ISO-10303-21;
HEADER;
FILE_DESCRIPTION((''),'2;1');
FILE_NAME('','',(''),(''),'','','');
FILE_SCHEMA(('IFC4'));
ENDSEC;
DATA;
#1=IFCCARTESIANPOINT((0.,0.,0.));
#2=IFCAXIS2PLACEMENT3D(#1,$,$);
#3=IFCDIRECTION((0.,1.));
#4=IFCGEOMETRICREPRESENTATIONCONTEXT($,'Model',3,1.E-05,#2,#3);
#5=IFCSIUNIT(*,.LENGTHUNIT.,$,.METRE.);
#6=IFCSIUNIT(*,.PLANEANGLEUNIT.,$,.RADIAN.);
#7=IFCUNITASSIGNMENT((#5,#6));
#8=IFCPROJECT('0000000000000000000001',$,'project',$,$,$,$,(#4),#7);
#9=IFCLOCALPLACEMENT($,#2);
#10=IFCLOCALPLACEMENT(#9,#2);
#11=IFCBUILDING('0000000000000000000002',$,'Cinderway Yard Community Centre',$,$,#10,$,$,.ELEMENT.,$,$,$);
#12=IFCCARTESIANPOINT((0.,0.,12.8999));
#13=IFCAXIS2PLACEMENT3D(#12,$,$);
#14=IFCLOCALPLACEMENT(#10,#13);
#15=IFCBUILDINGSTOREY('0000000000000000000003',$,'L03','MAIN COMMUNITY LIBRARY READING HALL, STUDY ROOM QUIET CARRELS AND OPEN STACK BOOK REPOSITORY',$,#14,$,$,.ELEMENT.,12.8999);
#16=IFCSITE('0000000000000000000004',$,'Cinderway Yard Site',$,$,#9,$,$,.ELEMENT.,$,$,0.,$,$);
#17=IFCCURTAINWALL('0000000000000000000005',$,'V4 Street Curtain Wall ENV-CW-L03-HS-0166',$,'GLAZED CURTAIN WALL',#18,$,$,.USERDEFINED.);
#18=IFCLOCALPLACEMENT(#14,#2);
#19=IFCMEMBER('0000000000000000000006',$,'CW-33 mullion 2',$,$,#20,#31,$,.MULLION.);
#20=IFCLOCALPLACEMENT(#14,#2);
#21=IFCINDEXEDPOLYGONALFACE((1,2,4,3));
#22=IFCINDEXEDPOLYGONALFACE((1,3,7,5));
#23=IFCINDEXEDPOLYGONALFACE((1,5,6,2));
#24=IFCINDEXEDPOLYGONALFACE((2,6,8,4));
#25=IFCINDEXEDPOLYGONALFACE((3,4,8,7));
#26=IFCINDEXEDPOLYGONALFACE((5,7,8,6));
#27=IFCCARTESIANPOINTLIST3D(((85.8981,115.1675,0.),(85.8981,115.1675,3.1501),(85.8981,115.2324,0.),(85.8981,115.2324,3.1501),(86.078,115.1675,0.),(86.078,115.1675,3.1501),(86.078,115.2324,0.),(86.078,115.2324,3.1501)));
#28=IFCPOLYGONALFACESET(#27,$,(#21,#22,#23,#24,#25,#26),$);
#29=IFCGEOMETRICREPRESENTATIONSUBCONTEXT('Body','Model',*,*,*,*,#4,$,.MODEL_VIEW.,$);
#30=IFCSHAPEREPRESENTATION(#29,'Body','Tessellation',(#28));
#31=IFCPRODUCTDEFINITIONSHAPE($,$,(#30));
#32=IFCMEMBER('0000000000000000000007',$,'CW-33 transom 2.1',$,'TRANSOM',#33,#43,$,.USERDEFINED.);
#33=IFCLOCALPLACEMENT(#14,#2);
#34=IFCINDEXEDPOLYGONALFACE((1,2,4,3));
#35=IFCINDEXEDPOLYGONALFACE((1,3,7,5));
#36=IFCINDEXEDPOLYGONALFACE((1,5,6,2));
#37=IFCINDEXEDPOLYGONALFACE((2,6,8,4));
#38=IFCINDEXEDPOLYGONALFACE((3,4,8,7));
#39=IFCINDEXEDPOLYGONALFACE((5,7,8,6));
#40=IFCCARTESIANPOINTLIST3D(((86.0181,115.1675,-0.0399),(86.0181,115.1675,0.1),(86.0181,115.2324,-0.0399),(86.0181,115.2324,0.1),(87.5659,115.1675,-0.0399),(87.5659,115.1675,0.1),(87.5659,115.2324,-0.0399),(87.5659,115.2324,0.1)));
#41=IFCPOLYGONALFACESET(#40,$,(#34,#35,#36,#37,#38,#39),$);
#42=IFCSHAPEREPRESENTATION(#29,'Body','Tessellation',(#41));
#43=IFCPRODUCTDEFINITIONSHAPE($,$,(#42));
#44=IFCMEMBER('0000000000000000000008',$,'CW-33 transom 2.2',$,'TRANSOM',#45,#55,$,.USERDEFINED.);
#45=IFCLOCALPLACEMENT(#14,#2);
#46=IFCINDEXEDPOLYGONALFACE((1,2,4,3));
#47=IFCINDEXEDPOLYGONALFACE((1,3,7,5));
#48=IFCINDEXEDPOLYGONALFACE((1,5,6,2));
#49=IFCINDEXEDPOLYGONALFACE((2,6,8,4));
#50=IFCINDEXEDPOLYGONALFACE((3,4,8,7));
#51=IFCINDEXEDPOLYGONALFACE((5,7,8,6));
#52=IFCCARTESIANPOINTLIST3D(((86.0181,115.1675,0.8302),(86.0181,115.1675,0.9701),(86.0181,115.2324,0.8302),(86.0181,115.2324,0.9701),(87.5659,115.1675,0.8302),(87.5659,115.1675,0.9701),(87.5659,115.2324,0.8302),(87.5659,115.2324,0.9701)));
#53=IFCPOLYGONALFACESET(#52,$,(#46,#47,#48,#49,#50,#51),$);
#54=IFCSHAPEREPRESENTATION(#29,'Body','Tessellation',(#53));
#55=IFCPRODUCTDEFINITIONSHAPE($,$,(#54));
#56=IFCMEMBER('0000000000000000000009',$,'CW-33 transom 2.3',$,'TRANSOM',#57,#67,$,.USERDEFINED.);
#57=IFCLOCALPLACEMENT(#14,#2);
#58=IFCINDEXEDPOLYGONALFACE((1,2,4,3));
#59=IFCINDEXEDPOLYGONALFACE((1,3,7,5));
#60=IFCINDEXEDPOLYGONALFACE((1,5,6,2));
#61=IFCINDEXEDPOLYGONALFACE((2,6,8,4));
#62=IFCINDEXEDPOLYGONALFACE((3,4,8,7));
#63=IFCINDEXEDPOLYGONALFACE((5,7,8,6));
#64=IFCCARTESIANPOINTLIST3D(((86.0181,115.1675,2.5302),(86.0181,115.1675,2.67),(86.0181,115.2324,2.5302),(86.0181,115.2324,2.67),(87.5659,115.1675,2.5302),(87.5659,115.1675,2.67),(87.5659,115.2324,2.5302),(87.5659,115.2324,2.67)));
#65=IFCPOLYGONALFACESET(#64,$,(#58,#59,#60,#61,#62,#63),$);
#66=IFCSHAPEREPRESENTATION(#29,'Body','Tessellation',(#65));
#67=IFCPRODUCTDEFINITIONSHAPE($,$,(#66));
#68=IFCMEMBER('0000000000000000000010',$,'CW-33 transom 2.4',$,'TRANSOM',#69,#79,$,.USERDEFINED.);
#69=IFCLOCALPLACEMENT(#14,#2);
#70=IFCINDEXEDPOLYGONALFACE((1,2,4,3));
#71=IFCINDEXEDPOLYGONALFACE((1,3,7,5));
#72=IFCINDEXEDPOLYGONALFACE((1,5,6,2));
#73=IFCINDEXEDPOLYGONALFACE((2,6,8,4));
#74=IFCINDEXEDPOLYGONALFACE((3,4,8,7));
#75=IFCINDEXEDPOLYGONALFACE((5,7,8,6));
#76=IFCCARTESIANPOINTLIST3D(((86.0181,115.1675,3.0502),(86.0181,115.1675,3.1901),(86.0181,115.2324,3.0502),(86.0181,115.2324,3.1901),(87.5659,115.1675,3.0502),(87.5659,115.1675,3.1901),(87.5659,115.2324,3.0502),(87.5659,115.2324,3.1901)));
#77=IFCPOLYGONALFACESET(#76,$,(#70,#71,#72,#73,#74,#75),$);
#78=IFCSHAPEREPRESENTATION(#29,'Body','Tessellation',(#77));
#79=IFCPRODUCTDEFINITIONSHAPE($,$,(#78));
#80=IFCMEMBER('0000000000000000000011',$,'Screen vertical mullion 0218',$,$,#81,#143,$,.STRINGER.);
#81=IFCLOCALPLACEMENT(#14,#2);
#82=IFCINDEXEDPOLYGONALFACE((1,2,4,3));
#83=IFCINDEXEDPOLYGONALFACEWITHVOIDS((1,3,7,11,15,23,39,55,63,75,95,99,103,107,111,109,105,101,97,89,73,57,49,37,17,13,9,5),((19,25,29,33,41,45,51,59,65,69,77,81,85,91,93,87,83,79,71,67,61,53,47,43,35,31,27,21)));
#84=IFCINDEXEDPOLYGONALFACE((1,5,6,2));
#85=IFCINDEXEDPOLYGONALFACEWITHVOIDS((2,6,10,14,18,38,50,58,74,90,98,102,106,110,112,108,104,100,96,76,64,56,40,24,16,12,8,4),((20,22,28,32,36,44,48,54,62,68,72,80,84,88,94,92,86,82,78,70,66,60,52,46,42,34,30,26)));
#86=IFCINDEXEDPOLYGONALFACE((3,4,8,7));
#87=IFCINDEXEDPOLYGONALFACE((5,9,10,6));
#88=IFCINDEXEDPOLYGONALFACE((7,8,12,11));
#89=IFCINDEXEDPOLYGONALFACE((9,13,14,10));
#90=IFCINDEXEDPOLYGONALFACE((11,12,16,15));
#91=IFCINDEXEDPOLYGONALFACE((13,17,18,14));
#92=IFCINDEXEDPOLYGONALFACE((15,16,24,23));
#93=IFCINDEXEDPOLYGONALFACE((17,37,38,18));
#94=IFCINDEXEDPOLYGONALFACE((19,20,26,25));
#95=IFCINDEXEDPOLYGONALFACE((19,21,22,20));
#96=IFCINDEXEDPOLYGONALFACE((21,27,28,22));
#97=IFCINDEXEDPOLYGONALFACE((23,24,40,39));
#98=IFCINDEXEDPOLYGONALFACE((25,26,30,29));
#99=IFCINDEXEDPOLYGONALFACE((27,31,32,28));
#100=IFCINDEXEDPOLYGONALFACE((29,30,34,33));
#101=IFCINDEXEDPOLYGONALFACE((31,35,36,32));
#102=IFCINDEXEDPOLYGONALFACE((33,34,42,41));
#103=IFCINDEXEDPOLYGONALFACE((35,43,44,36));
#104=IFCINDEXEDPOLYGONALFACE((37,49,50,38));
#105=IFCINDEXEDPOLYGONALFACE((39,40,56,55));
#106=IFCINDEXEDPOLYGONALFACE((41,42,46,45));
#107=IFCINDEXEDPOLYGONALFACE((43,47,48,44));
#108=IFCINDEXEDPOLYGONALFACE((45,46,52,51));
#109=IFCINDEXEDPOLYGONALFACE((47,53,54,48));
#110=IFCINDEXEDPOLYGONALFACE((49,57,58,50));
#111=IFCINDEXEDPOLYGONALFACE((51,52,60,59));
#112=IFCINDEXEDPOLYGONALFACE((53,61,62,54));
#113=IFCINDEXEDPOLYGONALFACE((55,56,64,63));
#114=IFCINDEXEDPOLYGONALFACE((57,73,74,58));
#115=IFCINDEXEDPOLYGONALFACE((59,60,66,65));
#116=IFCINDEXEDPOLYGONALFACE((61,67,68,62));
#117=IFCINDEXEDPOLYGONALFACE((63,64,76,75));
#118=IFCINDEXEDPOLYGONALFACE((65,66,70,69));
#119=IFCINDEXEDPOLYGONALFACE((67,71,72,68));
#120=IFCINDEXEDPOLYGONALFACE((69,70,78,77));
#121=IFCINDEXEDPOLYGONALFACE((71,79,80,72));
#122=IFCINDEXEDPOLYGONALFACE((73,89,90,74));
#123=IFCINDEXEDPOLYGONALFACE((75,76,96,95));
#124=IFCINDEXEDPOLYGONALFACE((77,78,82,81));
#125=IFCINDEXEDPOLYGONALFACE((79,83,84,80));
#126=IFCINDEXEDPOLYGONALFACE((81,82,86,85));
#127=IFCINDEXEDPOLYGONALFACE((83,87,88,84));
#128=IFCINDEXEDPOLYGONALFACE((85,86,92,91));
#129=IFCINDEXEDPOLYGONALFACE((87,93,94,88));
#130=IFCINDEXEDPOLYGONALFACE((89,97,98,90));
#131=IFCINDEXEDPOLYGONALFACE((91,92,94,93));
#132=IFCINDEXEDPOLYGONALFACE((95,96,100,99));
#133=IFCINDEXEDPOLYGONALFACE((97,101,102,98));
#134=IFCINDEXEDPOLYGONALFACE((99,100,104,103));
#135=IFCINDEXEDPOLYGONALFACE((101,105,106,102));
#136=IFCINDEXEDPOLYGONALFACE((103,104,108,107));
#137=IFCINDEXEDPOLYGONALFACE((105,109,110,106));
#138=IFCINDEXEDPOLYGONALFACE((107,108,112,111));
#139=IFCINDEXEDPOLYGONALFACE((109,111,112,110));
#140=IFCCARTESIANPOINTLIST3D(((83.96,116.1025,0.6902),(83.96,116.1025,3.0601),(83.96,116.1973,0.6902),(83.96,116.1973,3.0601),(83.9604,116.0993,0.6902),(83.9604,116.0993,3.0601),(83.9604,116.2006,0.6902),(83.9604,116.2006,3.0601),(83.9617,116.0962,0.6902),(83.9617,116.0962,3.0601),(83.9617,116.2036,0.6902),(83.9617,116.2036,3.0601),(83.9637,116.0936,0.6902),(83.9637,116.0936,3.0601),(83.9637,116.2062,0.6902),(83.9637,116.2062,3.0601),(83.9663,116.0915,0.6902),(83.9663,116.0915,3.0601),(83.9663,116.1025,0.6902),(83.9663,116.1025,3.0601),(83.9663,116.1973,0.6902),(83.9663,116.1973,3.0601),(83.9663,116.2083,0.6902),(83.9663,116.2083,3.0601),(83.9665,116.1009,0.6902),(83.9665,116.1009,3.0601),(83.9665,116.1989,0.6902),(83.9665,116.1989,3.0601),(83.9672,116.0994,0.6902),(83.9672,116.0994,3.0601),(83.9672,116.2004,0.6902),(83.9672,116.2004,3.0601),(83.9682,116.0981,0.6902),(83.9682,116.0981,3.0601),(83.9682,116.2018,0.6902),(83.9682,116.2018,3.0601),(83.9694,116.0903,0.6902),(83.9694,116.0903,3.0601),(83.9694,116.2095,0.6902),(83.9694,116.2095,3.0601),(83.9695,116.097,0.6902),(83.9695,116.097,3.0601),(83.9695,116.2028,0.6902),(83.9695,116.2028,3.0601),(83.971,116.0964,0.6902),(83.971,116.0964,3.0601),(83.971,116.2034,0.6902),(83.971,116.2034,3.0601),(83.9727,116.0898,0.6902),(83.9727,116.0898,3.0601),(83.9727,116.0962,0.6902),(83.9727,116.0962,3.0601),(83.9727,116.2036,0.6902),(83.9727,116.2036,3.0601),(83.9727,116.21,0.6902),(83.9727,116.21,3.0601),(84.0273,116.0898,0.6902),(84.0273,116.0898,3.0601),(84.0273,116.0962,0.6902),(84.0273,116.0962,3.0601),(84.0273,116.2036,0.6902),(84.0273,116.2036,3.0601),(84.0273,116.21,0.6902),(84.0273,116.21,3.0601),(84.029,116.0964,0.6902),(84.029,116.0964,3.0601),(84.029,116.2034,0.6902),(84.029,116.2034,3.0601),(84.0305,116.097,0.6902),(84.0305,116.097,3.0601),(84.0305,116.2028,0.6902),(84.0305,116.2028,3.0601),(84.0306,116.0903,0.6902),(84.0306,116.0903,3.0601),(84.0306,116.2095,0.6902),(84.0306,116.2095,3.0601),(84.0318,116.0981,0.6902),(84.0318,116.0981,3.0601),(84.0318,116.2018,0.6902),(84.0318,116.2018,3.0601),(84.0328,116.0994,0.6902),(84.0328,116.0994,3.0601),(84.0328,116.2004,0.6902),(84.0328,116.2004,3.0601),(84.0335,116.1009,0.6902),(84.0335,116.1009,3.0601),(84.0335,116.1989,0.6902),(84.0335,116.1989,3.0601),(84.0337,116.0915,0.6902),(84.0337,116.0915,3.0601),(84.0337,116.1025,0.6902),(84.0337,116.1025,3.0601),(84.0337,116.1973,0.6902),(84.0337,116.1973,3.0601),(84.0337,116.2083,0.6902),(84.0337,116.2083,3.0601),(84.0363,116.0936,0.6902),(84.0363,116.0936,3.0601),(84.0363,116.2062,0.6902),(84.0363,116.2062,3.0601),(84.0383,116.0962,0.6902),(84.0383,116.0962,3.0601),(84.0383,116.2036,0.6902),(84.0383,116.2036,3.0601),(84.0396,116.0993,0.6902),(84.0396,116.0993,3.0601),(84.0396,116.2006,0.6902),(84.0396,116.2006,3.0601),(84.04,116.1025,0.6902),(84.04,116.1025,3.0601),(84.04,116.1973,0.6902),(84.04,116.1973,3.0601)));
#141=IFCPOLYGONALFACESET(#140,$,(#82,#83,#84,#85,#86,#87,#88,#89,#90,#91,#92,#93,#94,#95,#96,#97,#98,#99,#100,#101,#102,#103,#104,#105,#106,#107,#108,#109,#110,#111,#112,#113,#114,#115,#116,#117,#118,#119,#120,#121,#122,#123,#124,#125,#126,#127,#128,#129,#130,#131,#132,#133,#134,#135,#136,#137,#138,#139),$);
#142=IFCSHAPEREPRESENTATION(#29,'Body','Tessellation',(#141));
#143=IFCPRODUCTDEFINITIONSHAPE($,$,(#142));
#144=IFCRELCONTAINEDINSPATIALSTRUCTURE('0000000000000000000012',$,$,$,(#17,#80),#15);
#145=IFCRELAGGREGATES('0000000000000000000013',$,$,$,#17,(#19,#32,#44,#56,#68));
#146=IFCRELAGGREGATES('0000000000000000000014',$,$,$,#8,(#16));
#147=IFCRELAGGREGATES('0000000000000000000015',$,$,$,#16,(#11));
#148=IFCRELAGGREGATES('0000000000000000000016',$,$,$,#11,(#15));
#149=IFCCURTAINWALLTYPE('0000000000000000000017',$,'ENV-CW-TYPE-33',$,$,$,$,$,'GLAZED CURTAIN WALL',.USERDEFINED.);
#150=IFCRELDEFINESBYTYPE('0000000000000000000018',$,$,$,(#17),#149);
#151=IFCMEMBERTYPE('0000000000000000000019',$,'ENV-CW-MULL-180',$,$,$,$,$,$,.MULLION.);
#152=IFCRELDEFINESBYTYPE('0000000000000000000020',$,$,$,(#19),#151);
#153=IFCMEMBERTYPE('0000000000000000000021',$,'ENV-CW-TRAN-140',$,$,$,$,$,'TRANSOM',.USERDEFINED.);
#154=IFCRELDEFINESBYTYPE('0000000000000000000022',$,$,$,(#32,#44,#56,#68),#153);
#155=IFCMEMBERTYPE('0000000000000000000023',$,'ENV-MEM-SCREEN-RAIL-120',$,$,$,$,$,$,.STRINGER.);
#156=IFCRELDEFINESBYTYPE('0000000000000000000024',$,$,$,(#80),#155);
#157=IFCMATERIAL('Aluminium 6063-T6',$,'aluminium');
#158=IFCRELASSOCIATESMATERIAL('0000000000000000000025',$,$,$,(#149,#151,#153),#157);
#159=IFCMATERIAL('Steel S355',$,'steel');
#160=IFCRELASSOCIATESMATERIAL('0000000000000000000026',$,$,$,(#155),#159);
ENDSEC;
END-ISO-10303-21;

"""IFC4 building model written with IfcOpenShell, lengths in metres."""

from ifc_helpers import new_model, si_unit, direction, frame, origin, origin_2d, place, context, subcontext, project, spatial, rectangle, hollow_rectangle, extrude, material, material_profile, profile_set, type_object, element, aggregate, save


model = new_model("IFC4")

# Units and contexts
model_context = context("Model", 3, precision=1e-05, world=origin(), true_north=direction((0.0, 1.0)))
body_context = subcontext(model_context, "Body", "Model", "MODEL_VIEW")
ifc_project = project(units=[si_unit("LENGTHUNIT", "METRE"), si_unit("PLANEANGLEUNIT", "RADIAN")], contexts=[model_context])

# Site, building, storey
site_placement = place(None, origin())
site = spatial("IfcSite", under=ifc_project, at=site_placement, Name="Cinderway Yard Site", CompositionType="ELEMENT", RefElevation=0.0)
building_placement = place(site_placement, origin())
building = spatial("IfcBuilding", under=site, at=building_placement, Name="Cinderway Yard Community Centre", CompositionType="ELEMENT")
storey_placement = place(building_placement, frame((0.0, 0.0, 12.8999)))
storey = spatial("IfcBuildingStorey", under=building, at=storey_placement, Name="L03", Description="MAIN COMMUNITY LIBRARY READING HALL, STUDY ROOM QUIET CARRELS AND OPEN STACK BOOK REPOSITORY", CompositionType="ELEMENT", Elevation=12.8999)

# Curtain wall, members
ifc_material_1 = material(Name="Aluminium 6063-T6", Category="aluminium")
curtain_wall_type = type_object("IfcCurtainWallType", Name="ENV-CW-TYPE-33", ElementType="GLAZED CURTAIN WALL", PredefinedType="USERDEFINED", material=ifc_material_1)
curtain_wall_placement = place(storey_placement, origin())
curtain_wall = element("IfcCurtainWall", 1, at=curtain_wall_placement, inside=storey, type_object=curtain_wall_type, Name="V4 Street Curtain Wall ENV-CW-L03-HS-0166", ObjectType="GLAZED CURTAIN WALL", PredefinedType="USERDEFINED")
ifc_material_profile_1 = material_profile(ifc_material_1, rectangle(XDim=0.0649, YDim=0.1799, at=origin_2d()), Name="Aluminium 6063-T6")
ifc_profile_set_1 = profile_set([ifc_material_profile_1], Name="Aluminium 6063-T6")
member_type_1 = type_object("IfcMemberType", Name="ENV-CW-MULL-180", PredefinedType="MULLION", material=ifc_profile_set_1)
member_1_placement = place(storey_placement, frame((85.988, 115.2, 0.0), z_axis=(0.0, 0.0, 1.0), x_axis=(0.0, 1.0, 0.0)))
member_1 = element("IfcMember", 2, at=member_1_placement, type_object=member_type_1, Name="CW-33 mullion 2", PredefinedType="MULLION", context=body_context, shape_type="SweptSolid", body=[
    extrude(rectangle(XDim=0.0649, YDim=0.1799, at=origin_2d()), origin(), (0.0, 0.0, 1.0), 3.1501),
])
ifc_material_profile_2 = material_profile(ifc_material_1, rectangle(XDim=0.0649, YDim=0.1399, at=origin_2d()), Name="Aluminium 6063-T6")
ifc_profile_set_2 = profile_set([ifc_material_profile_2], Name="Aluminium 6063-T6")
member_type_2 = type_object("IfcMemberType", Name="ENV-CW-TRAN-140", ElementType="TRANSOM", PredefinedType="USERDEFINED", material=ifc_profile_set_2)
member_2_placement = place(storey_placement, frame((86.0181, 115.2, 0.03), z_axis=(1.0, 0.0, 0.0), x_axis=(0.0, 1.0, 0.0)))
member_2 = element("IfcMember", 3, at=member_2_placement, type_object=member_type_2, Name="CW-33 transom 2.1", ObjectType="TRANSOM", PredefinedType="USERDEFINED", context=body_context, shape_type="SweptSolid", body=[
    extrude(rectangle(XDim=0.0649, YDim=0.1399, at=origin_2d()), origin(), (0.0, 0.0, 1.0), 1.5479),
])
member_3_placement = place(storey_placement, frame((86.0181, 115.2, 0.9001), z_axis=(1.0, 0.0, 0.0), x_axis=(0.0, 1.0, 0.0)))
member_3 = element("IfcMember", 4, at=member_3_placement, type_object=member_type_2, Name="CW-33 transom 2.2", ObjectType="TRANSOM", PredefinedType="USERDEFINED", context=body_context, shape_type="SweptSolid", body=[
    extrude(rectangle(XDim=0.0649, YDim=0.1399, at=origin_2d()), origin(), (0.0, 0.0, 1.0), 1.5479),
])
member_4_placement = place(storey_placement, frame((86.0181, 115.2, 2.6001), z_axis=(1.0, 0.0, 0.0), x_axis=(0.0, 1.0, 0.0)))
member_4 = element("IfcMember", 5, at=member_4_placement, type_object=member_type_2, Name="CW-33 transom 2.3", ObjectType="TRANSOM", PredefinedType="USERDEFINED", context=body_context, shape_type="SweptSolid", body=[
    extrude(rectangle(XDim=0.0649, YDim=0.1399, at=origin_2d()), origin(), (0.0, 0.0, 1.0), 1.5479),
])
member_5_placement = place(storey_placement, frame((86.0181, 115.2, 3.1201), z_axis=(1.0, 0.0, 0.0), x_axis=(0.0, 1.0, 0.0)))
member_5 = element("IfcMember", 6, at=member_5_placement, type_object=member_type_2, Name="CW-33 transom 2.4", ObjectType="TRANSOM", PredefinedType="USERDEFINED", context=body_context, shape_type="SweptSolid", body=[
    extrude(rectangle(XDim=0.0649, YDim=0.1399, at=origin_2d()), origin(), (0.0, 0.0, 1.0), 1.5479),
])

# Member
ifc_material_2 = material(Name="Steel S355", Category="steel")
ifc_material_profile_3 = material_profile(ifc_material_2, hollow_rectangle(XDim=0.0801, YDim=0.1201, WallThickness=0.0063, InnerFilletRadius=0.0063, OuterFilletRadius=0.0127, at=origin_2d()), Name="Steel S355")
ifc_profile_set_3 = profile_set([ifc_material_profile_3], Name="Steel S355")
member_type_3 = type_object("IfcMemberType", Name="ENV-MEM-SCREEN-RAIL-120", PredefinedType="STRINGER", material=ifc_profile_set_3)
member_6_placement = place(storey_placement, frame((84.0, 116.1499, 0.6902), z_axis=(0.0, 0.0, 1.0), x_axis=(1.0, 0.0, 0.0)))
element("IfcMember", 7, at=member_6_placement, inside=storey, type_object=member_type_3, Name="Screen vertical mullion 0218", PredefinedType="STRINGER", context=body_context, shape_type="SweptSolid", body=[
    extrude(hollow_rectangle(XDim=0.0801, YDim=0.1201, WallThickness=0.0063, InnerFilletRadius=0.0063, OuterFilletRadius=0.0127, at=origin_2d()), origin(), (0.0, 0.0, 1.0), 2.3699),
])

aggregate(curtain_wall, [member_1, member_2, member_3, member_4, member_5])

save(model, "model.ifc")
